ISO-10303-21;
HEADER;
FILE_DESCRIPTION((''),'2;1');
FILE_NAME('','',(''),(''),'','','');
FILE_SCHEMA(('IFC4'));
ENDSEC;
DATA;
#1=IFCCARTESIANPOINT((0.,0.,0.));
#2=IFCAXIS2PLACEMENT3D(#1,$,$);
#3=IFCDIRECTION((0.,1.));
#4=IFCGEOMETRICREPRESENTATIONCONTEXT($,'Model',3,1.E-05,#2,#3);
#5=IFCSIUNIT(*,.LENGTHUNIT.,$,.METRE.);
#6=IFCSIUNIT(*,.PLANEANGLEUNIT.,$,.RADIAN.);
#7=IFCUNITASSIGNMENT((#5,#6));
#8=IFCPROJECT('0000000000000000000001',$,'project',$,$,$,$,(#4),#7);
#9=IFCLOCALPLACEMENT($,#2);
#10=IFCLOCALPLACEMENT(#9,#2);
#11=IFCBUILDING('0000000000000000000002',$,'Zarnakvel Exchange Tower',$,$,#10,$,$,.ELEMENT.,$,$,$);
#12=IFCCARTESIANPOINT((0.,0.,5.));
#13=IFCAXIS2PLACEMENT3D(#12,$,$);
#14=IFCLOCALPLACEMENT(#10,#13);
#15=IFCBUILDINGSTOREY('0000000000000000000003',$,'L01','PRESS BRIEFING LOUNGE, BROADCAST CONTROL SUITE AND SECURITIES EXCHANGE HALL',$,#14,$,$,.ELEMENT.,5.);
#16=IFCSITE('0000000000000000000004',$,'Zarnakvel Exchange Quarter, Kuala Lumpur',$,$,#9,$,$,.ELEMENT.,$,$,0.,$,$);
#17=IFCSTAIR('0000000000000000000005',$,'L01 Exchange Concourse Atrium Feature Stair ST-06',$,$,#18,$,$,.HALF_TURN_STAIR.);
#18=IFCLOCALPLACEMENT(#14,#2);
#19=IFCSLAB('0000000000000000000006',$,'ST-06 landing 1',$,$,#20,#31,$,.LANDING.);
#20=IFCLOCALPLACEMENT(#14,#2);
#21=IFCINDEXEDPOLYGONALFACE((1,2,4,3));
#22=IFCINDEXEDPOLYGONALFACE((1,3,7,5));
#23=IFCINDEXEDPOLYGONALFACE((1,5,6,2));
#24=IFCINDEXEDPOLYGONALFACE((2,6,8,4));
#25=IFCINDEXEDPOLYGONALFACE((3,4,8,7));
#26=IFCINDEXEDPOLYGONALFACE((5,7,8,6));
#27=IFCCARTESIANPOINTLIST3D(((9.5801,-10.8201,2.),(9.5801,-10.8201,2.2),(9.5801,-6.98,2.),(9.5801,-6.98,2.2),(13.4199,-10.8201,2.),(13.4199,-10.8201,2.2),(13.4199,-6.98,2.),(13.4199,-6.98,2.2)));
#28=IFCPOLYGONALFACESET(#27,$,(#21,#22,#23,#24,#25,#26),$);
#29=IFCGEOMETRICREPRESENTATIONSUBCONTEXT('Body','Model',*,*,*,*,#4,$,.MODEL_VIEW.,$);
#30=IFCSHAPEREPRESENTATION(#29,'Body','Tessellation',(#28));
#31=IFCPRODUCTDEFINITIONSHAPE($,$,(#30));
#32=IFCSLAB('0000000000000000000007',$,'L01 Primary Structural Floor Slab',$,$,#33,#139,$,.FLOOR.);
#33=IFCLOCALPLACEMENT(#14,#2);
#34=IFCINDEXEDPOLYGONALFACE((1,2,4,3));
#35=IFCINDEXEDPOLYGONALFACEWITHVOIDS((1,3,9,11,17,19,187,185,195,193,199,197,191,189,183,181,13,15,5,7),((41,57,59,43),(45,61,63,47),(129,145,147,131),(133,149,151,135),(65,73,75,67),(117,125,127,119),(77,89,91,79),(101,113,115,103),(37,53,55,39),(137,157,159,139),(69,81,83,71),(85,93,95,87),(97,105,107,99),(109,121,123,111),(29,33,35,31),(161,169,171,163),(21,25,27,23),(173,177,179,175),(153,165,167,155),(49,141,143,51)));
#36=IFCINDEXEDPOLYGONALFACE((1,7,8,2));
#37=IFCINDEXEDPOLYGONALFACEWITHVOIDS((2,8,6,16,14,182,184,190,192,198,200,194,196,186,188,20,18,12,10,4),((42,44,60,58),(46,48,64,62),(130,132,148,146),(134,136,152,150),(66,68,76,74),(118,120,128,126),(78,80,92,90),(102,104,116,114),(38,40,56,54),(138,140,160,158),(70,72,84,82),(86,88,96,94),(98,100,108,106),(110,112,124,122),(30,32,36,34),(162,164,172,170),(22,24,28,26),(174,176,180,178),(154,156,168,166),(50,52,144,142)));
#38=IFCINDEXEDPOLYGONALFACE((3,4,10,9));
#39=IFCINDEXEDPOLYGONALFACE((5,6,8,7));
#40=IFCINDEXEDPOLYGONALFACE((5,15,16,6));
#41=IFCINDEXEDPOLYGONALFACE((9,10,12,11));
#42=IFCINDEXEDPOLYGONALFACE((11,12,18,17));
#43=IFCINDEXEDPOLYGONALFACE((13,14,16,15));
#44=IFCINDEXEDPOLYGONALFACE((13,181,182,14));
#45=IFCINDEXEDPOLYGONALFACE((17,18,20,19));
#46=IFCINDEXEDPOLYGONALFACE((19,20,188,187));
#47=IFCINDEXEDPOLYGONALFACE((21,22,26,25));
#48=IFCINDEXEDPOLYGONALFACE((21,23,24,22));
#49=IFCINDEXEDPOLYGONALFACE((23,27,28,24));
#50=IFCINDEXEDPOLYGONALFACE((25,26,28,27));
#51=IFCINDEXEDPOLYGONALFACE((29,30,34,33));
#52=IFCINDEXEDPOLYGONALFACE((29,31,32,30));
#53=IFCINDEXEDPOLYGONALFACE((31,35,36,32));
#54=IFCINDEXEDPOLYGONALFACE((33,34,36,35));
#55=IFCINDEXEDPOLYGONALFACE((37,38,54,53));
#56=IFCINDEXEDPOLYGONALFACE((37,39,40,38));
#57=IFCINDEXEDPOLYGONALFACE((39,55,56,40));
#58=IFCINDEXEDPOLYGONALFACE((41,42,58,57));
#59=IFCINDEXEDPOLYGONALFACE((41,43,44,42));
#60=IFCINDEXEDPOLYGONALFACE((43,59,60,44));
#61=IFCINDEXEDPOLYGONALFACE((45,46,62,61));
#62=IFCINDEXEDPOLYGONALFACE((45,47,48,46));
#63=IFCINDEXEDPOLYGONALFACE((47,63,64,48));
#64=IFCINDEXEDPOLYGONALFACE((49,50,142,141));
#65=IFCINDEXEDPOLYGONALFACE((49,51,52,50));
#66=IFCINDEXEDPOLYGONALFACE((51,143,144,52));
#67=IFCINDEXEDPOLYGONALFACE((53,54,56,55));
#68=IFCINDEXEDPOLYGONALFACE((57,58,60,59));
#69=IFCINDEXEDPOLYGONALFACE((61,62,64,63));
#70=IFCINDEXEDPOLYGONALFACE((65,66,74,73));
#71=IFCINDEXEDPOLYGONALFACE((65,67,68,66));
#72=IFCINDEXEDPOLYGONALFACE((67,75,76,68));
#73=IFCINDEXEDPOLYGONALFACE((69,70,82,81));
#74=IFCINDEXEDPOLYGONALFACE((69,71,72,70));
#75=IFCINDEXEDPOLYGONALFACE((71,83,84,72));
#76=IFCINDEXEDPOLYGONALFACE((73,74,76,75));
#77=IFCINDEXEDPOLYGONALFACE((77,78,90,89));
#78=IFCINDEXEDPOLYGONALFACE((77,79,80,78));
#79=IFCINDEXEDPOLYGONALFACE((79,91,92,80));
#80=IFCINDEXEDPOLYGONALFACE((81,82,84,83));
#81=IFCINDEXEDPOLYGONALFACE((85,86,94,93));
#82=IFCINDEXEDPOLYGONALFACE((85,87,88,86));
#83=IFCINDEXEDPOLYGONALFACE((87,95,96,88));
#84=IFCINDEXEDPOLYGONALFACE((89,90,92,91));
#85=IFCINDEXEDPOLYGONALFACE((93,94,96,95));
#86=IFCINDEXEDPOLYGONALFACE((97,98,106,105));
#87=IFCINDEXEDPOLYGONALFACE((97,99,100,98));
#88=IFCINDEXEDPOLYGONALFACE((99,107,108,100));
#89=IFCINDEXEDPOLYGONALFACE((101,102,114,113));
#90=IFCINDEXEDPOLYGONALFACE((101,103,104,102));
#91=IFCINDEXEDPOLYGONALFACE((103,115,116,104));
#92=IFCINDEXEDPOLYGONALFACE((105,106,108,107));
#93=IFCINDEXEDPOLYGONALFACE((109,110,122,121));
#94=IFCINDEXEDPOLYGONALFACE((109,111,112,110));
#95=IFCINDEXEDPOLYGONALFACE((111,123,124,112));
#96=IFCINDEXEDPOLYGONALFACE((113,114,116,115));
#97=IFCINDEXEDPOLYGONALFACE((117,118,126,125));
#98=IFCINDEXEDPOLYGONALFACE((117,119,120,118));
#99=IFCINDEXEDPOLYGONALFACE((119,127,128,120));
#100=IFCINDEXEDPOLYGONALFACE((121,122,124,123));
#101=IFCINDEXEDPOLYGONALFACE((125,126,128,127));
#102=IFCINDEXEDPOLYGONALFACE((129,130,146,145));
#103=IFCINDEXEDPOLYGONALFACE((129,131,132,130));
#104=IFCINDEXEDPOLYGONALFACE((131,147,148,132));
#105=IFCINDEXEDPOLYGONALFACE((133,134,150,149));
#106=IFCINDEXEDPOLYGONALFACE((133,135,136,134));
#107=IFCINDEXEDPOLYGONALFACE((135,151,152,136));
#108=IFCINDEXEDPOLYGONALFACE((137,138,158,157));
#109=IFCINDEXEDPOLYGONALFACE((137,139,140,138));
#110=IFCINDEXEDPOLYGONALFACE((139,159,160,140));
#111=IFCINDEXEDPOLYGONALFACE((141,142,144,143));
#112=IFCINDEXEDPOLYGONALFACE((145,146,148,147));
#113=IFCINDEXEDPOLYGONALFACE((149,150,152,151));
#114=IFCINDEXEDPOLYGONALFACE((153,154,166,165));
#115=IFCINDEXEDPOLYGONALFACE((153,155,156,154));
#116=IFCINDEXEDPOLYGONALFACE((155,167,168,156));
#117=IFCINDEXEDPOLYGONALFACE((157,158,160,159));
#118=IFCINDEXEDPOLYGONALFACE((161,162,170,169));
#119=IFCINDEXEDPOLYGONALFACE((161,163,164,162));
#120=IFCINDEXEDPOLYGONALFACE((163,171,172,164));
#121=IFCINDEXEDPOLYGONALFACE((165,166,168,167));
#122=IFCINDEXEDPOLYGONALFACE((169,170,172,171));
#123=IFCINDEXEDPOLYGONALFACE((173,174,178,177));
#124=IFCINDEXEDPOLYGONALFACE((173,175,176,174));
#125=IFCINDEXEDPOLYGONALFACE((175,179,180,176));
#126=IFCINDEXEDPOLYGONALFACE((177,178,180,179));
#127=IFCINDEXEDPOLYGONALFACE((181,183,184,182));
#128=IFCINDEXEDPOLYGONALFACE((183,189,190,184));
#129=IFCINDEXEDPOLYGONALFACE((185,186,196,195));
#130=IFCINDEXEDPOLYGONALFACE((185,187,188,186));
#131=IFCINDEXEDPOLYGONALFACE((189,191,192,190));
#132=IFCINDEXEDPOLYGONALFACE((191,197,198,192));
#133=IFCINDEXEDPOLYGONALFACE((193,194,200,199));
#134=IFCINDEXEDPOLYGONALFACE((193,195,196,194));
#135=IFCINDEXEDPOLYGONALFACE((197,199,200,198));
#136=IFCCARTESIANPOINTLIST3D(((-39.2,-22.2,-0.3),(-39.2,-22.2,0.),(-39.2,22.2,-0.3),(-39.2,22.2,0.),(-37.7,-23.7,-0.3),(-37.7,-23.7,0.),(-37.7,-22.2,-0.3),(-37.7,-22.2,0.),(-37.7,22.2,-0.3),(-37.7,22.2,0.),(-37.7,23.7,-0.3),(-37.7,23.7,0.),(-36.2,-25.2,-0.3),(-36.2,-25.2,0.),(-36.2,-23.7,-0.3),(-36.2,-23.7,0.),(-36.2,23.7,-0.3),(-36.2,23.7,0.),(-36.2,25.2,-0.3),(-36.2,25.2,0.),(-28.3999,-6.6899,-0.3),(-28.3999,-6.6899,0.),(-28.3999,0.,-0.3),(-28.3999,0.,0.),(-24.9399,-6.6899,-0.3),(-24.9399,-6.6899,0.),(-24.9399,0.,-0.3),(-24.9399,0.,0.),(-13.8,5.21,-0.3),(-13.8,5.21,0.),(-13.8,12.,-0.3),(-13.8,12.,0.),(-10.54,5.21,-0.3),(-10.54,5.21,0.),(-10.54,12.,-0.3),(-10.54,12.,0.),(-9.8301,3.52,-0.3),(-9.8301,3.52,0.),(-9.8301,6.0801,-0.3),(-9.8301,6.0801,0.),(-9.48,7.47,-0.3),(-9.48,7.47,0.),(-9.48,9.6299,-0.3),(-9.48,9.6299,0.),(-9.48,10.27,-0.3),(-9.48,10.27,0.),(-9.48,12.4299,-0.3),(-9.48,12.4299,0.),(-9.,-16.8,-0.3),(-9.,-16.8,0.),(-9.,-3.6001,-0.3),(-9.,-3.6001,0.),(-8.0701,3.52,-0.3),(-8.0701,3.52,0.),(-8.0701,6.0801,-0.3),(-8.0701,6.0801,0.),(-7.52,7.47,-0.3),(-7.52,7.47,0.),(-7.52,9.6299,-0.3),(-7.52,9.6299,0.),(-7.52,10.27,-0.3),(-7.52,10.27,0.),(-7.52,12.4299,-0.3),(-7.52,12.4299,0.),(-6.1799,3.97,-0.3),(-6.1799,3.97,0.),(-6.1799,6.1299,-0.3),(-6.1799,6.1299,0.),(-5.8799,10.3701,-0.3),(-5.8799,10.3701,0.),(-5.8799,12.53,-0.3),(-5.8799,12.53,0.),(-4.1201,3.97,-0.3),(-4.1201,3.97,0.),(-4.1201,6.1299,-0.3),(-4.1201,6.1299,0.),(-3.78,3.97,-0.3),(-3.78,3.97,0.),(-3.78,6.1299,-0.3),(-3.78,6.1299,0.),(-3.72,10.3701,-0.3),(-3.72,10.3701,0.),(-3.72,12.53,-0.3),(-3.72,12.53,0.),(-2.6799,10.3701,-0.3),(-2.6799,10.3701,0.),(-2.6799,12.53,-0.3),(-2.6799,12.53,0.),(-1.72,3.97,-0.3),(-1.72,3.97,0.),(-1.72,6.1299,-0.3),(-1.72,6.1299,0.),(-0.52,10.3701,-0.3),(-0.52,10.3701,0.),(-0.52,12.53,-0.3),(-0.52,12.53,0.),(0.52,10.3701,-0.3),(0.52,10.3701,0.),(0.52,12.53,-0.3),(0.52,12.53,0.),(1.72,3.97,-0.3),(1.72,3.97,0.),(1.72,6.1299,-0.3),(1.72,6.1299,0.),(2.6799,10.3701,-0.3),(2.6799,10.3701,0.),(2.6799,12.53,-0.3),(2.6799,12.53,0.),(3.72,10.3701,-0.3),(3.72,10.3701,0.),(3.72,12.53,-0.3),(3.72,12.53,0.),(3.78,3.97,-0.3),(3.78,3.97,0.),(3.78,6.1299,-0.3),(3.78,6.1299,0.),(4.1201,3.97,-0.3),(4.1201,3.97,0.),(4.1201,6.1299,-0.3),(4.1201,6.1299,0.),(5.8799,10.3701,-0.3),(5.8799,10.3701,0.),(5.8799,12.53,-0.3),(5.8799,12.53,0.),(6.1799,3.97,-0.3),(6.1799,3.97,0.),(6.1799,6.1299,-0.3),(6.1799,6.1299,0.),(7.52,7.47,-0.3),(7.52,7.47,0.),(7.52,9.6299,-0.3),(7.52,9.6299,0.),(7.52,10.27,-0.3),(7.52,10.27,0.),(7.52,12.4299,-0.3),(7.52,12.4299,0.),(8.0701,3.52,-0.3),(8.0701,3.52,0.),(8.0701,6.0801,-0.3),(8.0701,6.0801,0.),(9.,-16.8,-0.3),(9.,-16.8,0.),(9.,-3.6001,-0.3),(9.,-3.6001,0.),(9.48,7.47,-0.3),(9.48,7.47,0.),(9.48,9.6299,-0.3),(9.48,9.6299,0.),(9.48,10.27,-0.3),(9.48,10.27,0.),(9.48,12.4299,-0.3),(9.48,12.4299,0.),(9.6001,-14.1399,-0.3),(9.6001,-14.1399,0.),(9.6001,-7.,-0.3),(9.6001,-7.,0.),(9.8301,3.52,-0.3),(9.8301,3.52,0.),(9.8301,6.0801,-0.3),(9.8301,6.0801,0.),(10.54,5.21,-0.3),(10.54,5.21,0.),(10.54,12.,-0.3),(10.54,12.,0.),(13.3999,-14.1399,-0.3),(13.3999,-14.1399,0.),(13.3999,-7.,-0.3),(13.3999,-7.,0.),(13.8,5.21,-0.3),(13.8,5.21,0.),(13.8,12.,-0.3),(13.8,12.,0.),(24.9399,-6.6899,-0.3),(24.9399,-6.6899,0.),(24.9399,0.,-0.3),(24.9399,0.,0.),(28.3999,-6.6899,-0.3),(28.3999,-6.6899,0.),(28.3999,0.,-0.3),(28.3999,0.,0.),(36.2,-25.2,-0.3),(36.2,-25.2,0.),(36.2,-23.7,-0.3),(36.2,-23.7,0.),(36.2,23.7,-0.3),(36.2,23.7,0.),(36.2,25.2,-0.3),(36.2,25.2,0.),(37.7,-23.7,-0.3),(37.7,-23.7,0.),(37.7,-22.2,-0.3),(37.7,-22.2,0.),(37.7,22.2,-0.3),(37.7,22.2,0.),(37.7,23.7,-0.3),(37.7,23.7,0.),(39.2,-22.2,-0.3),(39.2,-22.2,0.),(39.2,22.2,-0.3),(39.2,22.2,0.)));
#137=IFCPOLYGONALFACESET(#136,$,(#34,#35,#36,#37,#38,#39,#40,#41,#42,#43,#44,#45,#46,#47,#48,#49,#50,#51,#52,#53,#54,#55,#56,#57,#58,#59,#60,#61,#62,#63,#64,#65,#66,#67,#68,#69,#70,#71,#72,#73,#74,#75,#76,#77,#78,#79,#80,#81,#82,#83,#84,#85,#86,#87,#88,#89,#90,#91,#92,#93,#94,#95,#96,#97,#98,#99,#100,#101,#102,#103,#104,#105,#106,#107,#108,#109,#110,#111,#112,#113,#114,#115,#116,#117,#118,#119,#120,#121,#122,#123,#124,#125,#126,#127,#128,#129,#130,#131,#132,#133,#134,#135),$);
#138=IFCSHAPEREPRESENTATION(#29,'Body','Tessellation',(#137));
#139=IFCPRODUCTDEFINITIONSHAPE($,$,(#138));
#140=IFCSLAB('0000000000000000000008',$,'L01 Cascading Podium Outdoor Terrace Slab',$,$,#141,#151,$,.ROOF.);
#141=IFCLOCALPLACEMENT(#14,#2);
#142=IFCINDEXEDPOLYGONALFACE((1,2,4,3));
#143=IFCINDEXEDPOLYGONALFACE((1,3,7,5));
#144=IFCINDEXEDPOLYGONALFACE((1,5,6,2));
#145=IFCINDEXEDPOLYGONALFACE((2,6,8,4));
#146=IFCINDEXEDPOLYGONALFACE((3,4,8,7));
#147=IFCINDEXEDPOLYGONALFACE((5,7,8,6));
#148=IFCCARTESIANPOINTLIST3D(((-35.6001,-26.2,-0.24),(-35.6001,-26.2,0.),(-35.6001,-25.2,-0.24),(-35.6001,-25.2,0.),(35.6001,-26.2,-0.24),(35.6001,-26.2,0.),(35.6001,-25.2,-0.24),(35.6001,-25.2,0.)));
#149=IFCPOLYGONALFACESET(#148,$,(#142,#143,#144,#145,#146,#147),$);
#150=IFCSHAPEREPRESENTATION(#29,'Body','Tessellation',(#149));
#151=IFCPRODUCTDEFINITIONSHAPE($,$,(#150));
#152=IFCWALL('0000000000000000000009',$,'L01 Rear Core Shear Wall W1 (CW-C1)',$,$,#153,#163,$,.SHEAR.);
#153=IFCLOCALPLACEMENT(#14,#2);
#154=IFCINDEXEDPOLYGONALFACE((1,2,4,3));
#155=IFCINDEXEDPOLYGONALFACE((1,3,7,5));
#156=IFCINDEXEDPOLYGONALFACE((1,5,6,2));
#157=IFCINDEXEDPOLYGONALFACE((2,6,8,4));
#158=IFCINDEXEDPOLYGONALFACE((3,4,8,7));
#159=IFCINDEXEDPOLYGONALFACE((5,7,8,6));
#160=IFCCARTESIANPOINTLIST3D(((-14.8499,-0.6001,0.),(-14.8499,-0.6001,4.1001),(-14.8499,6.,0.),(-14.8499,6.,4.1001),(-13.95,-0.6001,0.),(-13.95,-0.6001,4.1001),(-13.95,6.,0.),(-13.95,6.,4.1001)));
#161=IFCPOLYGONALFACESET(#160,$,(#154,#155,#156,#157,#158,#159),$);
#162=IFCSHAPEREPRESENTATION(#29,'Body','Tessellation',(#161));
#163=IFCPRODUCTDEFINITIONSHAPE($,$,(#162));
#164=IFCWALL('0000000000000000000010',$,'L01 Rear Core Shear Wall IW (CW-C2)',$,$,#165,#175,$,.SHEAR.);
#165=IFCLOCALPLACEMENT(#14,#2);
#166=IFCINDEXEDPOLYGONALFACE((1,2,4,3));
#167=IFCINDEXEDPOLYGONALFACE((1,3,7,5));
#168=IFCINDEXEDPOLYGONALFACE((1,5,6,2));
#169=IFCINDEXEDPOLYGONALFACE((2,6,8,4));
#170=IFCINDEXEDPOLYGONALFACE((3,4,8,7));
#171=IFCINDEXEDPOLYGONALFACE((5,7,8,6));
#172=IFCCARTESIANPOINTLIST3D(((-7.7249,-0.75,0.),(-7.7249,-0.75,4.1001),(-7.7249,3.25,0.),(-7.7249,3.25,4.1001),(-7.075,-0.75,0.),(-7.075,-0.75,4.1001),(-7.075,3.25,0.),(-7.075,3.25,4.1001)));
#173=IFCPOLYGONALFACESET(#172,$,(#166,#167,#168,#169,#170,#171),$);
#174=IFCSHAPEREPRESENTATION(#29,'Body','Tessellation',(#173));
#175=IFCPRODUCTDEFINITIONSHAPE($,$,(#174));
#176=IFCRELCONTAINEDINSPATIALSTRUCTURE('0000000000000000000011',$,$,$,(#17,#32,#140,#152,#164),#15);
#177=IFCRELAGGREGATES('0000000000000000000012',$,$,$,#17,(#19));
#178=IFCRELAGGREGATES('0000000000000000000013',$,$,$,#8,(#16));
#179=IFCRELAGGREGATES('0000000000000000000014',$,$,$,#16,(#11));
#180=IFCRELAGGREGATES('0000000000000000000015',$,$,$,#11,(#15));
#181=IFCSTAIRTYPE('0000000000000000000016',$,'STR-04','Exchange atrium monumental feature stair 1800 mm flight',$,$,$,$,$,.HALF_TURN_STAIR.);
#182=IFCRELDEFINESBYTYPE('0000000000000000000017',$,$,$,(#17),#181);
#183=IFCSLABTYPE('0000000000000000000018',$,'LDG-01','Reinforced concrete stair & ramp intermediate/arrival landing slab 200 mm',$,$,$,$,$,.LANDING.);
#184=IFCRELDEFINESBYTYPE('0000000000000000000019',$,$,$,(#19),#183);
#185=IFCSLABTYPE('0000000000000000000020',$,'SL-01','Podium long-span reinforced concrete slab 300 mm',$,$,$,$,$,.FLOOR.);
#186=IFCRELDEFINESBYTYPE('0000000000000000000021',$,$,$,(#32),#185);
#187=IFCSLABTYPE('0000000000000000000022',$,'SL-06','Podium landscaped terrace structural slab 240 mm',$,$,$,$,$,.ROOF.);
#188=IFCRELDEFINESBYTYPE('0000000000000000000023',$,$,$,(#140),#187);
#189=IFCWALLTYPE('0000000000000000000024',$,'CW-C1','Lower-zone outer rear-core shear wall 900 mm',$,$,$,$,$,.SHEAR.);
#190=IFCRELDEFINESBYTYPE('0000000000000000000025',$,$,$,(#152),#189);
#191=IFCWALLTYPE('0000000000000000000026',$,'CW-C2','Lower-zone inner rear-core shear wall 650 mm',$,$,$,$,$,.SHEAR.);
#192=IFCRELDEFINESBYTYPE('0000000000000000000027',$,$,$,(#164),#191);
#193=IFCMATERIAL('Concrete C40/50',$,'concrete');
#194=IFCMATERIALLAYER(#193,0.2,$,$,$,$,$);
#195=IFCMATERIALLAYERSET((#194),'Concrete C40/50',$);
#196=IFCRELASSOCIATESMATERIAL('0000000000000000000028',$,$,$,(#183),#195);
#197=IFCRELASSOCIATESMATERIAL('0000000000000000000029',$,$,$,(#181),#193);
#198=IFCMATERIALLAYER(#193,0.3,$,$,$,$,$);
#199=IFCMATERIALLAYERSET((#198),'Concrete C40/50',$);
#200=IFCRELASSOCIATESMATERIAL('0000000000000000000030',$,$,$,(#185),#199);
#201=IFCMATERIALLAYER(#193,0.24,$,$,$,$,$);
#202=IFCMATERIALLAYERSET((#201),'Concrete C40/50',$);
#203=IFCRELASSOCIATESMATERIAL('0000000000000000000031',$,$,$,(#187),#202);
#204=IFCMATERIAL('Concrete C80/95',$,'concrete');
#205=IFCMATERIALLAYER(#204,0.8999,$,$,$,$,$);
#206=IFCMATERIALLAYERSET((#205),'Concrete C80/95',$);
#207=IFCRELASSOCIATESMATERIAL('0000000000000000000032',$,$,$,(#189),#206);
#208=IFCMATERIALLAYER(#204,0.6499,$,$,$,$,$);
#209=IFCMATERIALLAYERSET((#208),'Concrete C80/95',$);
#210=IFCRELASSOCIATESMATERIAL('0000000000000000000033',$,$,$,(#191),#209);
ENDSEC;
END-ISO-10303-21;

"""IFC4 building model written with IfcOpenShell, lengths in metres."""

from ifc_helpers import new_model, si_unit, direction, frame, frame_2d, origin, place, context, subcontext, project, spatial, polyline, rectangle, outline, extrude, material, layer, layer_set, type_object, element, aggregate, save


model = new_model("IFC4")

# Units and contexts
model_context = context("Model", 3, precision=1e-05, world=origin(), true_north=direction((0.0, 1.0)))
body_context = subcontext(model_context, "Body", "Model", "MODEL_VIEW")
ifc_project = project(units=[si_unit("LENGTHUNIT", "METRE"), si_unit("PLANEANGLEUNIT", "RADIAN")], contexts=[model_context])

# Site, building, storey
site_placement = place(None, origin())
site = spatial("IfcSite", under=ifc_project, at=site_placement, Name="Zarnakvel Exchange Quarter, Kuala Lumpur", CompositionType="ELEMENT", RefElevation=0.0)
building_placement = place(site_placement, origin())
building = spatial("IfcBuilding", under=site, at=building_placement, Name="Zarnakvel Exchange Tower", CompositionType="ELEMENT")
storey_placement = place(building_placement, frame((0.0, 0.0, 5.0)))
storey = spatial("IfcBuildingStorey", under=building, at=storey_placement, Name="L01", Description="PRESS BRIEFING LOUNGE, BROADCAST CONTROL SUITE AND SECURITIES EXCHANGE HALL", CompositionType="ELEMENT", Elevation=5.0)

# Shared definitions
ifc_material_1 = material(Name="Concrete C80/95", Category="concrete")

# Stair, slab
ifc_material_2 = material(Name="Concrete C40/50", Category="concrete")
ifc_layer_1 = layer(ifc_material_2, 0.2)
ifc_layer_set_1 = layer_set([ifc_layer_1], Name="Concrete C40/50")
slab_type_1 = type_object("IfcSlabType", Name="LDG-01", Description="Reinforced concrete stair & ramp intermediate/arrival landing slab 200 mm", PredefinedType="LANDING", material=ifc_layer_set_1)
stair_type_1 = type_object("IfcStairType", Name="STR-04", Description="Exchange atrium monumental feature stair 1800 mm flight", PredefinedType="HALF_TURN_STAIR", material=ifc_material_2)
stair_1_placement = place(storey_placement, origin())
stair_1 = element("IfcStair", 1, at=stair_1_placement, inside=storey, type_object=stair_type_1, Name="L01 Exchange Concourse Atrium Feature Stair ST-06", PredefinedType="HALF_TURN_STAIR")
slab_1_placement = place(storey_placement, frame((0.0, 0.0, 2.0)))
slab_1 = element("IfcSlab", 2, at=slab_1_placement, type_object=slab_type_1, Name="ST-06 landing 1", PredefinedType="LANDING", context=body_context, shape_type="SweptSolid", body=[
    extrude(outline(polyline([(9.5801, -10.8201), (13.4199, -10.8201), (13.4199, -6.98), (9.5801, -6.98), (9.5801, -10.8201)])), origin(), (0.0, 0.0, 1.0), 0.2),
])
aggregate(stair_1, [slab_1])

# Slabs
ifc_layer_2 = layer(ifc_material_2, 0.3)
ifc_layer_set_2 = layer_set([ifc_layer_2], Name="Concrete C40/50")
slab_type_2 = type_object("IfcSlabType", Name="SL-01", Description="Podium long-span reinforced concrete slab 300 mm", PredefinedType="FLOOR", material=ifc_layer_set_2)
slab_2_placement = place(storey_placement, frame((0.0, 0.0, -0.3)))
element("IfcSlab", 3, at=slab_2_placement, inside=storey, type_object=slab_type_2, Name="L01 Primary Structural Floor Slab", PredefinedType="FLOOR", context=body_context, shape_type="SweptSolid", body=[
    extrude(outline(polyline([(-39.2, -22.2), (-37.7, -22.2), (-37.7, -23.7), (-36.2, -23.7), (-36.2, -25.2), (36.2, -25.2), (36.2, -23.7), (37.7, -23.7), (37.7, -22.2), (39.2, -22.2), (39.2, 22.2), (37.7, 22.2), (37.7, 23.7), (36.2, 23.7), (36.2, 25.2), (-36.2, 25.2), (-36.2, 23.7), (-37.7, 23.7), (-37.7, 22.2), (-39.2, 22.2), (-39.2, -22.2)]), holes=[polyline([(-9.0, -16.8), (9.0, -16.8), (9.0, -3.6001), (-9.0, -3.6001), (-9.0, -16.8)]), polyline([(-13.8, 5.21), (-10.54, 5.21), (-10.54, 12.0), (-13.8, 12.0), (-13.8, 5.21)]), polyline([(10.54, 5.21), (13.8, 5.21), (13.8, 12.0), (10.54, 12.0), (10.54, 5.21)]), polyline([(-28.3999, -6.6899), (-24.9399, -6.6899), (-24.9399, 0.0), (-28.3999, 0.0), (-28.3999, -6.6899)]), polyline([(24.9399, -6.6899), (28.3999, -6.6899), (28.3999, 0.0), (24.9399, 0.0), (24.9399, -6.6899)]), polyline([(9.6001, -14.1399), (13.3999, -14.1399), (13.3999, -7.0), (9.6001, -7.0), (9.6001, -14.1399)]), polyline([(-9.8301, 3.52), (-8.0701, 3.52), (-8.0701, 6.0801), (-9.8301, 6.0801), (-9.8301, 3.52)]), polyline([(8.0701, 3.52), (9.8301, 3.52), (9.8301, 6.0801), (8.0701, 6.0801), (8.0701, 3.52)]), polyline([(-5.8799, 10.3701), (-3.72, 10.3701), (-3.72, 12.53), (-5.8799, 12.53), (-5.8799, 10.3701)]), polyline([(-2.6799, 10.3701), (-0.52, 10.3701), (-0.52, 12.53), (-2.6799, 12.53), (-2.6799, 10.3701)]), polyline([(0.52, 10.3701), (2.6799, 10.3701), (2.6799, 12.53), (0.52, 12.53), (0.52, 10.3701)]), polyline([(3.72, 10.3701), (5.8799, 10.3701), (5.8799, 12.53), (3.72, 12.53), (3.72, 10.3701)]), polyline([(-6.1799, 3.97), (-4.1201, 3.97), (-4.1201, 6.1299), (-6.1799, 6.1299), (-6.1799, 3.97)]), polyline([(-3.78, 3.97), (-1.72, 3.97), (-1.72, 6.1299), (-3.78, 6.1299), (-3.78, 3.97)]), polyline([(1.72, 3.97), (3.78, 3.97), (3.78, 6.1299), (1.72, 6.1299), (1.72, 3.97)]), polyline([(4.1201, 3.97), (6.1799, 3.97), (6.1799, 6.1299), (4.1201, 6.1299), (4.1201, 3.97)]), polyline([(-9.48, 7.47), (-7.52, 7.47), (-7.52, 9.6299), (-9.48, 9.6299), (-9.48, 7.47)]), polyline([(-9.48, 10.27), (-7.52, 10.27), (-7.52, 12.4299), (-9.48, 12.4299), (-9.48, 10.27)]), polyline([(7.52, 7.47), (9.48, 7.47), (9.48, 9.6299), (7.52, 9.6299), (7.52, 7.47)]), polyline([(7.52, 10.27), (9.48, 10.27), (9.48, 12.4299), (7.52, 12.4299), (7.52, 10.27)])]), origin(), (0.0, 0.0, 1.0), 0.3),
])
ifc_layer_3 = layer(ifc_material_2, 0.24)
ifc_layer_set_3 = layer_set([ifc_layer_3], Name="Concrete C40/50")
slab_type_3 = type_object("IfcSlabType", Name="SL-06", Description="Podium landscaped terrace structural slab 240 mm", PredefinedType="ROOF", material=ifc_layer_set_3)
slab_3_placement = place(storey_placement, frame((0.0, 0.0, -0.24)))
element("IfcSlab", 4, at=slab_3_placement, inside=storey, type_object=slab_type_3, Name="L01 Cascading Podium Outdoor Terrace Slab", PredefinedType="ROOF", context=body_context, shape_type="SweptSolid", body=[
    extrude(outline(polyline([(-35.6001, -26.2), (35.6001, -26.2), (35.6001, -25.2), (-35.6001, -25.2), (-35.6001, -26.2)])), origin(), (0.0, 0.0, 1.0), 0.24),
])

# Wall
ifc_layer_4 = layer(ifc_material_1, 0.8999)
ifc_layer_set_4 = layer_set([ifc_layer_4], Name="Concrete C80/95")
wall_type_1 = type_object("IfcWallType", Name="CW-C1", Description="Lower-zone outer rear-core shear wall 900 mm", PredefinedType="SHEAR", material=ifc_layer_set_4)
wall_1_placement = place(storey_placement, frame((-14.3999, -0.6001, 0.0), z_axis=(0.0, 0.0, 1.0), x_axis=(0.0, 1.0, 0.0)))
element("IfcWall", 5, at=wall_1_placement, inside=storey, type_object=wall_type_1, Name="L01 Rear Core Shear Wall W1 (CW-C1)", PredefinedType="SHEAR", context=body_context, shape_type="SweptSolid", body=[
    extrude(rectangle(XDim=6.6001, YDim=0.8999, at=frame_2d((3.3, 0.0))), origin(), (0.0, 0.0, 1.0), 4.1001),
])

# Wall
ifc_layer_5 = layer(ifc_material_1, 0.6499)
ifc_layer_set_5 = layer_set([ifc_layer_5], Name="Concrete C80/95")
wall_type_2 = type_object("IfcWallType", Name="CW-C2", Description="Lower-zone inner rear-core shear wall 650 mm", PredefinedType="SHEAR", material=ifc_layer_set_5)
wall_2_placement = place(storey_placement, frame((-7.3999, -0.75, 0.0), z_axis=(0.0, 0.0, 1.0), x_axis=(0.0, 1.0, 0.0)))
element("IfcWall", 6, at=wall_2_placement, inside=storey, type_object=wall_type_2, Name="L01 Rear Core Shear Wall IW (CW-C2)", PredefinedType="SHEAR", context=body_context, shape_type="SweptSolid", body=[
    extrude(rectangle(XDim=4.0, YDim=0.6499, at=frame_2d((2.0, 0.0))), origin(), (0.0, 0.0, 1.0), 4.1001),
])

save(model, "model.ifc")
